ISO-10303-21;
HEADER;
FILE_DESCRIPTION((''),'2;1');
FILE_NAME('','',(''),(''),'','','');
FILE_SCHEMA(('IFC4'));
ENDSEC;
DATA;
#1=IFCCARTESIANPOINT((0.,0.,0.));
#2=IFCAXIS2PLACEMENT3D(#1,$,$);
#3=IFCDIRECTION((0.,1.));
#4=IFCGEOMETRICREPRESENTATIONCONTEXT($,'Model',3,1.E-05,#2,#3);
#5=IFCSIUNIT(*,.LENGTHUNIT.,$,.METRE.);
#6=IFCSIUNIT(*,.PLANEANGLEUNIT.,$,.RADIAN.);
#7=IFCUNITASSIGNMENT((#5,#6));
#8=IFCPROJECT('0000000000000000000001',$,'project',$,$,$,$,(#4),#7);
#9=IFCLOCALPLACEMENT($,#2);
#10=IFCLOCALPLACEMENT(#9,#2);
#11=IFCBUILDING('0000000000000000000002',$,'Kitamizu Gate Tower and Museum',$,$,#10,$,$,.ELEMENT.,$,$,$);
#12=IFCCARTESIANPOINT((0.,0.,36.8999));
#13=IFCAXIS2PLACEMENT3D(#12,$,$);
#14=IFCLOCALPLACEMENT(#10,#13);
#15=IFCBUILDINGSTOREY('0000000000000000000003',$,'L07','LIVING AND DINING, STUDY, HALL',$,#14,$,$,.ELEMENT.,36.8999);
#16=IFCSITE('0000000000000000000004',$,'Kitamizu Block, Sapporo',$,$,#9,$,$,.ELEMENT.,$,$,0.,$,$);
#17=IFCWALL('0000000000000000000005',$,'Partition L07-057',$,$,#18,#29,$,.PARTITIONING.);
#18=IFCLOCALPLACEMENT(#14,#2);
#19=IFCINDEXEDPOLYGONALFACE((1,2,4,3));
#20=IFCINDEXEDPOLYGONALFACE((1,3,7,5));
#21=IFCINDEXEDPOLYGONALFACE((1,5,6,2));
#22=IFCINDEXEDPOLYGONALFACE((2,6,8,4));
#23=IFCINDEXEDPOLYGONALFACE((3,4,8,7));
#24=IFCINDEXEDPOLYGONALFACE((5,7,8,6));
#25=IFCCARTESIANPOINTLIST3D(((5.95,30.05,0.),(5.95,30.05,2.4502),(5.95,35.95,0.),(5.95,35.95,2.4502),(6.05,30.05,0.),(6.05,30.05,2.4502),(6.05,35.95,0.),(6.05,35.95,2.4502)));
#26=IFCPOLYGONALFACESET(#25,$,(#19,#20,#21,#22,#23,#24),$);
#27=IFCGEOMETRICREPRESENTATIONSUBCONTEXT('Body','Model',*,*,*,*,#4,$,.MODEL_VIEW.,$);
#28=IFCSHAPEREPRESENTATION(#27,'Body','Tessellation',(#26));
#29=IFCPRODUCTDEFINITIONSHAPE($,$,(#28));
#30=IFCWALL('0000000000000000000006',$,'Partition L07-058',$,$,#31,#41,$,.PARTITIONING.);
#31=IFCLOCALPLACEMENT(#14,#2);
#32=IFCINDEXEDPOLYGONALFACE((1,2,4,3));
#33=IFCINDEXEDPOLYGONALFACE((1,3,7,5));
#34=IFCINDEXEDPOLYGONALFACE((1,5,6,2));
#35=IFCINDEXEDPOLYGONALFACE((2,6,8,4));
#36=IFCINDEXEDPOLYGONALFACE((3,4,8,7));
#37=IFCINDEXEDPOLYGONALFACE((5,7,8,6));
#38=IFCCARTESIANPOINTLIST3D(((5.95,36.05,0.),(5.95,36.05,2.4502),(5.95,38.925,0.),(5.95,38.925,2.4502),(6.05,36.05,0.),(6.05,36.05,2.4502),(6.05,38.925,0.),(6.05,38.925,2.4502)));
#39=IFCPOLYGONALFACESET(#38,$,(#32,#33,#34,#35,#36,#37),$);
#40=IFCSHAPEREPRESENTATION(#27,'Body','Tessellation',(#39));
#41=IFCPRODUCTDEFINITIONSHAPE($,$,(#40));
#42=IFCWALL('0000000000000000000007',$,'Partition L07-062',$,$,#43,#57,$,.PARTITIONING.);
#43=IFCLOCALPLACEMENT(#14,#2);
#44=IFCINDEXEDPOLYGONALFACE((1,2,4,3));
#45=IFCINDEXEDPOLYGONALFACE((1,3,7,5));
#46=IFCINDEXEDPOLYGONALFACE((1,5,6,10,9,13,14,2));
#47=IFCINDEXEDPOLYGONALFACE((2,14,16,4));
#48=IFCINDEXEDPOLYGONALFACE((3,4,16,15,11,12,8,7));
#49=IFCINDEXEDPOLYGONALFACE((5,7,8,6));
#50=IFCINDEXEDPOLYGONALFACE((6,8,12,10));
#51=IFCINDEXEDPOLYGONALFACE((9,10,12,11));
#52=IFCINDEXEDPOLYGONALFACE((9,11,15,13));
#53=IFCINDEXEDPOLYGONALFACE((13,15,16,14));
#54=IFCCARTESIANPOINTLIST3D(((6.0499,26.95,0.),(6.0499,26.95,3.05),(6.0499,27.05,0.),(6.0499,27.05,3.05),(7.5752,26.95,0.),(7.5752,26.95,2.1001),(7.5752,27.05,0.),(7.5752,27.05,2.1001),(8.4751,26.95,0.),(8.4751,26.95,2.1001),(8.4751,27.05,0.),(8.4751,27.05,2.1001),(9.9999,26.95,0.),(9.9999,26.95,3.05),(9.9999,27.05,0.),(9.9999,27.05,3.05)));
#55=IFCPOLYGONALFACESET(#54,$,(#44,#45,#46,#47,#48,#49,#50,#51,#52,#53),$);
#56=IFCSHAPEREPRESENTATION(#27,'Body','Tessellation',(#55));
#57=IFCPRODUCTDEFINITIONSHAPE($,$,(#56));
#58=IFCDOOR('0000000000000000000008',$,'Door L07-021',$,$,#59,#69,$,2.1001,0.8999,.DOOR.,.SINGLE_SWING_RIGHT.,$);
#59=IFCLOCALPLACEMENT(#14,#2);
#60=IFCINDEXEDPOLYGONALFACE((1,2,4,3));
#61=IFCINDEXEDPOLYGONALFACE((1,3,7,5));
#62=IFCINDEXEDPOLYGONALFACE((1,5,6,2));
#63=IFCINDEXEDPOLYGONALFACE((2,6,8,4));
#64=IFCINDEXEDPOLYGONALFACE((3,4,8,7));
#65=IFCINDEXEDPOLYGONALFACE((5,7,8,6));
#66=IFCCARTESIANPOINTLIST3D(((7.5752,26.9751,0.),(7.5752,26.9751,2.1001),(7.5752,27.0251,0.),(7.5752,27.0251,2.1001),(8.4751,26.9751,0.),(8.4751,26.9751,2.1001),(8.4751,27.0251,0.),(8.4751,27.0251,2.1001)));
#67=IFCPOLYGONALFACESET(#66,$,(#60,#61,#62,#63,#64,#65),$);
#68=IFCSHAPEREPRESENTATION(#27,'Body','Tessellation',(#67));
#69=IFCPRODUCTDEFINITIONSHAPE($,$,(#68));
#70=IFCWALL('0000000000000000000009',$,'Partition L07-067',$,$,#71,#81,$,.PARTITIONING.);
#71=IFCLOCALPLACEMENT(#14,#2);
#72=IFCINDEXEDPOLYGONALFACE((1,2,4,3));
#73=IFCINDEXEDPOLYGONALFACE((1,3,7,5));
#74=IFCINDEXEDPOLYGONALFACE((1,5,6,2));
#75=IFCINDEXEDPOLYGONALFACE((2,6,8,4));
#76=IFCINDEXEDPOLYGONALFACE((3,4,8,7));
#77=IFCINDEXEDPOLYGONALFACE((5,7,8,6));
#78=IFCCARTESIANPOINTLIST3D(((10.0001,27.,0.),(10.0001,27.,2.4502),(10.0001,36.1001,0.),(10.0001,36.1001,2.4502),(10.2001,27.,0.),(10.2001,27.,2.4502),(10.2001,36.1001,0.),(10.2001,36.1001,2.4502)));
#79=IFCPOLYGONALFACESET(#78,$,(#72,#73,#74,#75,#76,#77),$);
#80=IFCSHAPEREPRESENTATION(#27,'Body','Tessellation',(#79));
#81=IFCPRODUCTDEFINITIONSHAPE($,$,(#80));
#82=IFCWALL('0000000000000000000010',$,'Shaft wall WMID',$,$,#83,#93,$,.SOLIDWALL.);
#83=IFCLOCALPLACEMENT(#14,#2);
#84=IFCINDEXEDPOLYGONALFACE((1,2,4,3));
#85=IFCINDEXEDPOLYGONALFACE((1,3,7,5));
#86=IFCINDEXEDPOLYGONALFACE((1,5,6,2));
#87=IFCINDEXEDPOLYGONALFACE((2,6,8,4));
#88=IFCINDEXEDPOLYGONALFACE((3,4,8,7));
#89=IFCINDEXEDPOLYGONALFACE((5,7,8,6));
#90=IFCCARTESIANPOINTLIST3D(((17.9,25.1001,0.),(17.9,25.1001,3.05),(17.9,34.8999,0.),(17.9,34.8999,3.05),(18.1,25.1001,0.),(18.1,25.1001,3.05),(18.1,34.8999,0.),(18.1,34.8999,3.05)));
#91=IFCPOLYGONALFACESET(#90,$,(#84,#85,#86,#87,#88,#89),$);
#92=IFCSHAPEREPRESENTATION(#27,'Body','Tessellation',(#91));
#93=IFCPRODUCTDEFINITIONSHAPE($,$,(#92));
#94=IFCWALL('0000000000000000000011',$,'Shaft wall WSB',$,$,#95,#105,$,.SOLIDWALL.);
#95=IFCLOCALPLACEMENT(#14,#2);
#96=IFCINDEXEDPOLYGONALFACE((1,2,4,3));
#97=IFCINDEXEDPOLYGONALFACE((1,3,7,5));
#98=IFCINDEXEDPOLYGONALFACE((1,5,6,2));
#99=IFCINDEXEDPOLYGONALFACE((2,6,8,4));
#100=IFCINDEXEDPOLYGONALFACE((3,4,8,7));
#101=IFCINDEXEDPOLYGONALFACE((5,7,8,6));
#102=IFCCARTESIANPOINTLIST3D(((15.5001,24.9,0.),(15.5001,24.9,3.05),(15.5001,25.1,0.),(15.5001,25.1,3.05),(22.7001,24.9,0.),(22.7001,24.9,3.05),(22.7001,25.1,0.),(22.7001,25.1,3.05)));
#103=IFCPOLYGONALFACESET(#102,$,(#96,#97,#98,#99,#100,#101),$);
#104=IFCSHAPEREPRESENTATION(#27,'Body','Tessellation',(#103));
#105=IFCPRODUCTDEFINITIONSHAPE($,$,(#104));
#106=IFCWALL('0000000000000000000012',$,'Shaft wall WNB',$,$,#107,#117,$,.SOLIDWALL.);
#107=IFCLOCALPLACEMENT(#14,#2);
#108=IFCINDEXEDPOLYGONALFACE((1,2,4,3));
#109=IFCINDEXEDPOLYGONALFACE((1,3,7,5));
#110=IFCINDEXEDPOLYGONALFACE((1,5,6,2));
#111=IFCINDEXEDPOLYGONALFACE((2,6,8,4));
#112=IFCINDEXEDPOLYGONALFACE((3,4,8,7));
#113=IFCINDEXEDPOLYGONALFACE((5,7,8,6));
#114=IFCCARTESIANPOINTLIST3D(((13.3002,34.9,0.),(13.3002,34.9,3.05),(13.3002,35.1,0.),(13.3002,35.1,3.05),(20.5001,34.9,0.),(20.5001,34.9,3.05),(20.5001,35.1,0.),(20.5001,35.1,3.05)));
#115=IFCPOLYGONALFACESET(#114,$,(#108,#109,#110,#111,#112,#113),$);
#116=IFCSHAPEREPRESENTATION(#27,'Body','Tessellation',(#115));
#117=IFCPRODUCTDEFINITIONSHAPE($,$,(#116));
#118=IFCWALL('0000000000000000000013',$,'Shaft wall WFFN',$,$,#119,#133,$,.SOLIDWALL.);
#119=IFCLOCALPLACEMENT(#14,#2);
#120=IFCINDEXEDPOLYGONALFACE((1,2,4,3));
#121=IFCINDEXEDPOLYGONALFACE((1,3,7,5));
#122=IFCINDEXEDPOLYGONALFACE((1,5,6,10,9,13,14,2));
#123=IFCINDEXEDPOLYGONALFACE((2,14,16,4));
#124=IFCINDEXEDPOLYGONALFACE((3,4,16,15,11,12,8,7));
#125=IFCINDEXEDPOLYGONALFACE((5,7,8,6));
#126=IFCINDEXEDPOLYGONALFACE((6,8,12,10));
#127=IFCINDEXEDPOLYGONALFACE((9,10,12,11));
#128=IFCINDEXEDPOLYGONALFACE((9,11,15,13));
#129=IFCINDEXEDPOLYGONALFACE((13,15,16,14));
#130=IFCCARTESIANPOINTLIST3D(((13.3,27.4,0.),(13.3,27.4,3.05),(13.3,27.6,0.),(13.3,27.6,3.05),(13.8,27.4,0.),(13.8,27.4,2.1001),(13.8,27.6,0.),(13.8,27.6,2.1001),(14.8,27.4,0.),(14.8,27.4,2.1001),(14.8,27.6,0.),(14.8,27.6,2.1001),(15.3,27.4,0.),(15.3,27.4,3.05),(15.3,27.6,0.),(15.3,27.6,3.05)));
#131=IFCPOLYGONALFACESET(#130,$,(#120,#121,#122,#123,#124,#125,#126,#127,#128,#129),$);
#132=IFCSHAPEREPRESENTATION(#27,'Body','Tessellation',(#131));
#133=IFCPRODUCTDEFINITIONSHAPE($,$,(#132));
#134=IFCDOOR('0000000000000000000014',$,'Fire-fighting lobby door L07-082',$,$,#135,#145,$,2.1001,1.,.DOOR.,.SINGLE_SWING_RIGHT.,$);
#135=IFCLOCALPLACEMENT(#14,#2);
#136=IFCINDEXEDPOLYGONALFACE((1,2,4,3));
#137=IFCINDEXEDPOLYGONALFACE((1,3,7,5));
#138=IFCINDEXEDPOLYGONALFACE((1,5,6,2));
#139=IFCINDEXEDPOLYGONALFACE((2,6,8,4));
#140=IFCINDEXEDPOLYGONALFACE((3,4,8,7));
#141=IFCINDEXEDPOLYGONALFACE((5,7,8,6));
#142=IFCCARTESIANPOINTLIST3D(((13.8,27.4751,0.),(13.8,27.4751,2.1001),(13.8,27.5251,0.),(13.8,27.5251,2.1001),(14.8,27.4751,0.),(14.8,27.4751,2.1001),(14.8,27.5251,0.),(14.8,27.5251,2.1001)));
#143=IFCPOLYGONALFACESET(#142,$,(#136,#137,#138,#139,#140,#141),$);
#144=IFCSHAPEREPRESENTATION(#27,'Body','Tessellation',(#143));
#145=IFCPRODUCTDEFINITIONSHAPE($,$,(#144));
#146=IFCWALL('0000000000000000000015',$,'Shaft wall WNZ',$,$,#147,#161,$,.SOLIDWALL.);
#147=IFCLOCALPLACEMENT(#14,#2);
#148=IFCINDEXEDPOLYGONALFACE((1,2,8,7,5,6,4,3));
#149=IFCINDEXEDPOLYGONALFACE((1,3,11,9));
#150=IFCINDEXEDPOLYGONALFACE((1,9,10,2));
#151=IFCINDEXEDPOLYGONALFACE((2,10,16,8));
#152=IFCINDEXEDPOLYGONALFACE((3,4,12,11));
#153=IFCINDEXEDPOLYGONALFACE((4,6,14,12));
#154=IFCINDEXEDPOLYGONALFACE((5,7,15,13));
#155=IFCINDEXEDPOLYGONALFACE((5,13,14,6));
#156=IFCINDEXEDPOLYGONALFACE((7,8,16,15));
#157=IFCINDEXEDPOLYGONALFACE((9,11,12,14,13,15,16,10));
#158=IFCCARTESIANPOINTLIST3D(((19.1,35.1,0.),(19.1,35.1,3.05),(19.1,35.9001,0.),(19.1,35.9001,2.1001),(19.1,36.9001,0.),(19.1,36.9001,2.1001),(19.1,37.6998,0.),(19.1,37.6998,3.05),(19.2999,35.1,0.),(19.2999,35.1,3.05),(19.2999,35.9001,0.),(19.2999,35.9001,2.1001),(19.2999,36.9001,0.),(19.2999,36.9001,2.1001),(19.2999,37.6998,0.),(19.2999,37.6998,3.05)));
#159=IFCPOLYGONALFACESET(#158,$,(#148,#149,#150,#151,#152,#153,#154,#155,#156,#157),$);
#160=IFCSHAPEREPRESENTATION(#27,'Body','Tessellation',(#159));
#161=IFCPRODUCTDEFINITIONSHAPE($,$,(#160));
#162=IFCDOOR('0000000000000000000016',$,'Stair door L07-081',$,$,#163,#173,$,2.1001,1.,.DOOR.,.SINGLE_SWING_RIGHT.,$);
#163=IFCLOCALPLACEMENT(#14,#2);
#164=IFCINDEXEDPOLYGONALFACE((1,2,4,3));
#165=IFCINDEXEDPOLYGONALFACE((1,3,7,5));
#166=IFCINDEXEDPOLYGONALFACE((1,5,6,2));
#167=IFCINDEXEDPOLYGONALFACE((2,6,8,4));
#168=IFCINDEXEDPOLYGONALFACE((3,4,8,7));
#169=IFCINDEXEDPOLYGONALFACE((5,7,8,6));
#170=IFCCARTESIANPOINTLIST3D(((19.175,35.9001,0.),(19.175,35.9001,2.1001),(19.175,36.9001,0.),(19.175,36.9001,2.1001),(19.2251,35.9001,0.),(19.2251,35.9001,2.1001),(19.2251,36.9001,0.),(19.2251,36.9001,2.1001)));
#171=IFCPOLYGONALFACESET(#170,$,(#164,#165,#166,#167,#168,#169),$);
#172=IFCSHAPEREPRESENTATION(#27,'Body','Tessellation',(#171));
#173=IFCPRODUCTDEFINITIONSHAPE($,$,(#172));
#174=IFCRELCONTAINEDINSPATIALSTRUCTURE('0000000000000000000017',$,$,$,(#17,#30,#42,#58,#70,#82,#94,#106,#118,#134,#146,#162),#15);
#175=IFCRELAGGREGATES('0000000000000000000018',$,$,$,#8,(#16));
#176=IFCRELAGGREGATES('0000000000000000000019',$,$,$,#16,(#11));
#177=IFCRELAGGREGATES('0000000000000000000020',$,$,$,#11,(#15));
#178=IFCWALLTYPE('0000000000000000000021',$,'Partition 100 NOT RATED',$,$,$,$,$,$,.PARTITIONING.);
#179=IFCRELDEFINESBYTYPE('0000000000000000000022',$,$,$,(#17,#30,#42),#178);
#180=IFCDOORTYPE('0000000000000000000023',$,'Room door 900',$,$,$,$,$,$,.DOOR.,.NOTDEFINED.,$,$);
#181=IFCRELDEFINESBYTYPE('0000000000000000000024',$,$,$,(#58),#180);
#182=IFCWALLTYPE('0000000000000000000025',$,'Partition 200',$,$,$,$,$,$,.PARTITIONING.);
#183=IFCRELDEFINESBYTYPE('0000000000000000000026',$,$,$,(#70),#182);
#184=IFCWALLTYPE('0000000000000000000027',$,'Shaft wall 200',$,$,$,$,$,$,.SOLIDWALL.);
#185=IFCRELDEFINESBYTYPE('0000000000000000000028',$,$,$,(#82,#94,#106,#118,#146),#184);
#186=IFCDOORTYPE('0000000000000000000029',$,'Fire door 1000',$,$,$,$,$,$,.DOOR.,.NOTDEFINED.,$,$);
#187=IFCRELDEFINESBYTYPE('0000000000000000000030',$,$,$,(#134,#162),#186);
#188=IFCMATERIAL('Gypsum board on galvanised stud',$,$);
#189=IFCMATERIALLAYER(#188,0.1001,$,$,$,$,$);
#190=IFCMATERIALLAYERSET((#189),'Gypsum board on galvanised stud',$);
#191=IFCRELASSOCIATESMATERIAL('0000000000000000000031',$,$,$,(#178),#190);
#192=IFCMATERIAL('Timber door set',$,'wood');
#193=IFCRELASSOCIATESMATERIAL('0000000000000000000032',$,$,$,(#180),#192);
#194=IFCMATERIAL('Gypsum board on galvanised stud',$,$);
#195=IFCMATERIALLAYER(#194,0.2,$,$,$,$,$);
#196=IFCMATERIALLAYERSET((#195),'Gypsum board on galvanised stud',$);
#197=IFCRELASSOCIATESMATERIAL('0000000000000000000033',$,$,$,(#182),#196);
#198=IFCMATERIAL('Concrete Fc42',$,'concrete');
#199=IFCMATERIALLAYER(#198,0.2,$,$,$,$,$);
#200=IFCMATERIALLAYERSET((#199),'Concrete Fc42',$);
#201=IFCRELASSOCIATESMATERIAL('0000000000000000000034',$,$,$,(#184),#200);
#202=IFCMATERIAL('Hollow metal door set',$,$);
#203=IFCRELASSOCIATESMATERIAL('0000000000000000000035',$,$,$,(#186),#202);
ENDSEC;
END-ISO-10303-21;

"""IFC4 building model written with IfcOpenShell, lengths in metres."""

from ifc_helpers import new_model, si_unit, direction, frame, frame_2d, origin, place, context, subcontext, project, spatial, rectangle, extrude, material, layer, layer_set, type_object, element, fill, save


model = new_model("IFC4")

# Units and contexts
model_context = context("Model", 3, precision=1e-05, world=origin(), true_north=direction((0.0, 1.0)))
body_context = subcontext(model_context, "Body", "Model", "MODEL_VIEW")
ifc_project = project(units=[si_unit("LENGTHUNIT", "METRE"), si_unit("PLANEANGLEUNIT", "RADIAN")], contexts=[model_context])

# Site, building, storey
site_placement = place(None, origin())
site = spatial("IfcSite", under=ifc_project, at=site_placement, Name="Kitamizu Block, Sapporo", CompositionType="ELEMENT", RefElevation=0.0)
building_placement = place(site_placement, origin())
building = spatial("IfcBuilding", under=site, at=building_placement, Name="Kitamizu Gate Tower and Museum", CompositionType="ELEMENT")
storey_placement = place(building_placement, frame((0.0, 0.0, 36.8999)))
storey = spatial("IfcBuildingStorey", under=building, at=storey_placement, Name="L07", Description="LIVING AND DINING, STUDY, HALL", CompositionType="ELEMENT", Elevation=36.8999)

# Shared definitions
ifc_material_1 = material(Name="Gypsum board on galvanised stud")
ifc_layer_1 = layer(ifc_material_1, 0.1001)
ifc_layer_set_1 = layer_set([ifc_layer_1], Name="Gypsum board on galvanised stud")
wall_type_1 = type_object("IfcWallType", Name="Partition 100 NOT RATED", PredefinedType="PARTITIONING", material=ifc_layer_set_1)
ifc_material_2 = material(Name="Timber door set", Category="wood")
door_type_1 = type_object("IfcDoorType", Name="Room door 900", OperationType="NOTDEFINED", PredefinedType="DOOR", material=ifc_material_2)

# Walls
wall_1_placement = place(storey_placement, frame((6.0, 30.05, 0.0), z_axis=(0.0, 0.0, 1.0), x_axis=(0.0, 1.0, 0.0)))
element("IfcWall", 1, at=wall_1_placement, inside=storey, type_object=wall_type_1, Name="Partition L07-057", PredefinedType="PARTITIONING", context=body_context, shape_type="SweptSolid", body=[
    extrude(rectangle(XDim=5.8999, YDim=0.1001, at=frame_2d((2.95, 0.0))), origin(), (0.0, 0.0, 1.0), 2.4502),
])
wall_2_placement = place(storey_placement, frame((6.0, 36.05, 0.0), z_axis=(0.0, 0.0, 1.0), x_axis=(0.0, 1.0, 0.0)))
element("IfcWall", 2, at=wall_2_placement, inside=storey, type_object=wall_type_1, Name="Partition L07-058", PredefinedType="PARTITIONING", context=body_context, shape_type="SweptSolid", body=[
    extrude(rectangle(XDim=2.875, YDim=0.1001, at=frame_2d((1.4375, 0.0))), origin(), (0.0, 0.0, 1.0), 2.4502),
])

# Wall, opening, door
wall_3_placement = place(storey_placement, frame((10.0, 27.0, 0.0), z_axis=(0.0, 0.0, 1.0), x_axis=(-1.0, 0.0, 0.0)))
wall_3 = element("IfcWall", 3, at=wall_3_placement, inside=storey, type_object=wall_type_1, Name="Partition L07-062", PredefinedType="PARTITIONING", context=body_context, shape_type="SweptSolid", body=[
    extrude(rectangle(XDim=3.95, YDim=0.1001, at=frame_2d((1.9751, 0.0))), origin(), (0.0, 0.0, 1.0), 3.05),
])
opening_1_placement = place(wall_3_placement, frame((1.5249, 0.0, 0.0)))
opening_1 = element("IfcOpeningElement", 4, at=opening_1_placement, cuts=wall_3, PredefinedType="OPENING", context=body_context, shape_type="SweptSolid", body=[
    extrude(rectangle(XDim=0.8999, YDim=2.1001, at=frame_2d((0.45, 1.05))), frame((0.0, 0.0601, 0.0), z_axis=(0.0, -1.0, 0.0), x_axis=(1.0, 0.0, 0.0)), (0.0, 0.0, 1.0), 0.1201),
])
door_1_placement = place(opening_1_placement, origin())
door_1 = element("IfcDoor", 5, at=door_1_placement, inside=storey, type_object=door_type_1, Name="Door L07-021", OperationType="SINGLE_SWING_RIGHT", OverallHeight=2.1001, OverallWidth=0.8999, PredefinedType="DOOR", context=body_context, shape_type="SweptSolid", body=[
    extrude(rectangle(XDim=0.8999, YDim=2.1001, at=frame_2d((0.45, 1.05))), frame((0.0, 0.0249, 0.0), z_axis=(0.0, -1.0, 0.0), x_axis=(1.0, 0.0, 0.0)), (0.0, 0.0, 1.0), 0.05),
])
fill(opening_1, door_1)

# Walls
ifc_material_3 = material(Name="Gypsum board on galvanised stud")
ifc_layer_2 = layer(ifc_material_3, 0.2)
ifc_layer_set_2 = layer_set([ifc_layer_2], Name="Gypsum board on galvanised stud")
wall_type_2 = type_object("IfcWallType", Name="Partition 200", PredefinedType="PARTITIONING", material=ifc_layer_set_2)
wall_4_placement = place(storey_placement, frame((10.1001, 27.0, 0.0), z_axis=(0.0, 0.0, 1.0), x_axis=(0.0, 1.0, 0.0)))
element("IfcWall", 6, at=wall_4_placement, inside=storey, type_object=wall_type_2, Name="Partition L07-067", PredefinedType="PARTITIONING", context=body_context, shape_type="SweptSolid", body=[
    extrude(rectangle(XDim=9.1001, YDim=0.2, at=frame_2d((4.55, 0.0))), origin(), (0.0, 0.0, 1.0), 2.4502),
])
ifc_material_4 = material(Name="Concrete Fc42", Category="concrete")
ifc_layer_3 = layer(ifc_material_4, 0.2)
ifc_layer_set_3 = layer_set([ifc_layer_3], Name="Concrete Fc42")
wall_type_3 = type_object("IfcWallType", Name="Shaft wall 200", PredefinedType="SOLIDWALL", material=ifc_layer_set_3)
wall_5_placement = place(storey_placement, frame((18.0, 25.1001, 0.0), z_axis=(0.0, 0.0, 1.0), x_axis=(0.0, 1.0, 0.0)))
element("IfcWall", 7, at=wall_5_placement, inside=storey, type_object=wall_type_3, Name="Shaft wall WMID", PredefinedType="SOLIDWALL", context=body_context, shape_type="SweptSolid", body=[
    extrude(rectangle(XDim=9.7998, YDim=0.2, at=frame_2d((4.8999, 0.0))), origin(), (0.0, 0.0, 1.0), 3.05),
])
for number, where, z_axis, x_axis, name in (
    (8, (15.5, 25.0, 0.0), (0.0, 0.0, 1.0), (1.0, 0.0, 0.0), "Shaft wall WSB"),
    (9, (13.3, 35.0, 0.0), (0.0, 0.0, 1.0), (1.0, 0.0, 0.0), "Shaft wall WNB"),
):
    element("IfcWall", number, at=place(storey_placement, frame(where, z_axis=z_axis, x_axis=x_axis)), inside=storey, type_object=wall_type_3, Name=name, PredefinedType="SOLIDWALL", context=body_context, shape_type="SweptSolid", body=[
        extrude(rectangle(XDim=7.2, YDim=0.2, at=frame_2d((3.6001, 0.0))), origin(), (0.0, 0.0, 1.0), 3.05),
    ])

# Walls, openings, doors
wall_6_placement = place(storey_placement, frame((13.3, 27.5, 0.0), z_axis=(0.0, 0.0, 1.0), x_axis=(1.0, 0.0, 0.0)))
wall_6 = element("IfcWall", 10, at=wall_6_placement, inside=storey, type_object=wall_type_3, Name="Shaft wall WFFN", PredefinedType="SOLIDWALL", context=body_context, shape_type="SweptSolid", body=[
    extrude(rectangle(XDim=2.0, YDim=0.2, at=frame_2d((1.0, 0.0))), origin(), (0.0, 0.0, 1.0), 3.05),
])
opening_2_placement = place(wall_6_placement, frame((0.5, 0.0, 0.0)))
opening_2 = element("IfcOpeningElement", 11, at=opening_2_placement, cuts=wall_6, PredefinedType="OPENING", context=body_context, shape_type="SweptSolid", body=[
    extrude(rectangle(XDim=1.0, YDim=2.1001, at=frame_2d((0.5, 1.05))), frame((0.0, 0.1099, 0.0), z_axis=(0.0, -1.0, 0.0), x_axis=(1.0, 0.0, 0.0)), (0.0, 0.0, 1.0), 0.22),
])
ifc_material_5 = material(Name="Hollow metal door set")
door_type_2 = type_object("IfcDoorType", Name="Fire door 1000", OperationType="NOTDEFINED", PredefinedType="DOOR", material=ifc_material_5)
door_2_placement = place(opening_2_placement, frame((1.0, 0.0, 0.0), x_axis=(-1.0, 0.0, 0.0)))
door_2 = element("IfcDoor", 12, at=door_2_placement, inside=storey, type_object=door_type_2, Name="Fire-fighting lobby door L07-082", OperationType="SINGLE_SWING_RIGHT", OverallHeight=2.1001, OverallWidth=1.0, PredefinedType="DOOR", context=body_context, shape_type="SweptSolid", body=[
    extrude(rectangle(XDim=1.0, YDim=2.1001, at=frame_2d((0.5, 1.05))), frame((0.0, 0.0249, 0.0), z_axis=(0.0, -1.0, 0.0), x_axis=(1.0, 0.0, 0.0)), (0.0, 0.0, 1.0), 0.05),
])
fill(opening_2, door_2)
wall_7_placement = place(storey_placement, frame((19.2, 35.1001, 0.0), z_axis=(0.0, 0.0, 1.0), x_axis=(0.0, 1.0, 0.0)))
wall_7 = element("IfcWall", 13, at=wall_7_placement, inside=storey, type_object=wall_type_3, Name="Shaft wall WNZ", PredefinedType="SOLIDWALL", context=body_context, shape_type="SweptSolid", body=[
    extrude(rectangle(XDim=2.5999, YDim=0.2, at=frame_2d((1.2998, 0.0))), origin(), (0.0, 0.0, 1.0), 3.05),
])
opening_3_placement = place(wall_7_placement, frame((0.8, 0.0, 0.0)))
opening_3 = element("IfcOpeningElement", 14, at=opening_3_placement, cuts=wall_7, PredefinedType="OPENING", context=body_context, shape_type="SweptSolid", body=[
    extrude(rectangle(XDim=1.0, YDim=2.1001, at=frame_2d((0.5, 1.05))), frame((0.0, 0.1099, 0.0), z_axis=(0.0, -1.0, 0.0), x_axis=(1.0, 0.0, 0.0)), (0.0, 0.0, 1.0), 0.22),
])
door_3_placement = place(opening_3_placement, origin())
door_3 = element("IfcDoor", 15, at=door_3_placement, inside=storey, type_object=door_type_2, Name="Stair door L07-081", OperationType="SINGLE_SWING_RIGHT", OverallHeight=2.1001, OverallWidth=1.0, PredefinedType="DOOR", context=body_context, shape_type="SweptSolid", body=[
    extrude(rectangle(XDim=1.0, YDim=2.1001, at=frame_2d((0.5, 1.05))), frame((0.0, 0.0249, 0.0), z_axis=(0.0, -1.0, 0.0), x_axis=(1.0, 0.0, 0.0)), (0.0, 0.0, 1.0), 0.05),
])
fill(opening_3, door_3)

save(model, "model.ifc")
